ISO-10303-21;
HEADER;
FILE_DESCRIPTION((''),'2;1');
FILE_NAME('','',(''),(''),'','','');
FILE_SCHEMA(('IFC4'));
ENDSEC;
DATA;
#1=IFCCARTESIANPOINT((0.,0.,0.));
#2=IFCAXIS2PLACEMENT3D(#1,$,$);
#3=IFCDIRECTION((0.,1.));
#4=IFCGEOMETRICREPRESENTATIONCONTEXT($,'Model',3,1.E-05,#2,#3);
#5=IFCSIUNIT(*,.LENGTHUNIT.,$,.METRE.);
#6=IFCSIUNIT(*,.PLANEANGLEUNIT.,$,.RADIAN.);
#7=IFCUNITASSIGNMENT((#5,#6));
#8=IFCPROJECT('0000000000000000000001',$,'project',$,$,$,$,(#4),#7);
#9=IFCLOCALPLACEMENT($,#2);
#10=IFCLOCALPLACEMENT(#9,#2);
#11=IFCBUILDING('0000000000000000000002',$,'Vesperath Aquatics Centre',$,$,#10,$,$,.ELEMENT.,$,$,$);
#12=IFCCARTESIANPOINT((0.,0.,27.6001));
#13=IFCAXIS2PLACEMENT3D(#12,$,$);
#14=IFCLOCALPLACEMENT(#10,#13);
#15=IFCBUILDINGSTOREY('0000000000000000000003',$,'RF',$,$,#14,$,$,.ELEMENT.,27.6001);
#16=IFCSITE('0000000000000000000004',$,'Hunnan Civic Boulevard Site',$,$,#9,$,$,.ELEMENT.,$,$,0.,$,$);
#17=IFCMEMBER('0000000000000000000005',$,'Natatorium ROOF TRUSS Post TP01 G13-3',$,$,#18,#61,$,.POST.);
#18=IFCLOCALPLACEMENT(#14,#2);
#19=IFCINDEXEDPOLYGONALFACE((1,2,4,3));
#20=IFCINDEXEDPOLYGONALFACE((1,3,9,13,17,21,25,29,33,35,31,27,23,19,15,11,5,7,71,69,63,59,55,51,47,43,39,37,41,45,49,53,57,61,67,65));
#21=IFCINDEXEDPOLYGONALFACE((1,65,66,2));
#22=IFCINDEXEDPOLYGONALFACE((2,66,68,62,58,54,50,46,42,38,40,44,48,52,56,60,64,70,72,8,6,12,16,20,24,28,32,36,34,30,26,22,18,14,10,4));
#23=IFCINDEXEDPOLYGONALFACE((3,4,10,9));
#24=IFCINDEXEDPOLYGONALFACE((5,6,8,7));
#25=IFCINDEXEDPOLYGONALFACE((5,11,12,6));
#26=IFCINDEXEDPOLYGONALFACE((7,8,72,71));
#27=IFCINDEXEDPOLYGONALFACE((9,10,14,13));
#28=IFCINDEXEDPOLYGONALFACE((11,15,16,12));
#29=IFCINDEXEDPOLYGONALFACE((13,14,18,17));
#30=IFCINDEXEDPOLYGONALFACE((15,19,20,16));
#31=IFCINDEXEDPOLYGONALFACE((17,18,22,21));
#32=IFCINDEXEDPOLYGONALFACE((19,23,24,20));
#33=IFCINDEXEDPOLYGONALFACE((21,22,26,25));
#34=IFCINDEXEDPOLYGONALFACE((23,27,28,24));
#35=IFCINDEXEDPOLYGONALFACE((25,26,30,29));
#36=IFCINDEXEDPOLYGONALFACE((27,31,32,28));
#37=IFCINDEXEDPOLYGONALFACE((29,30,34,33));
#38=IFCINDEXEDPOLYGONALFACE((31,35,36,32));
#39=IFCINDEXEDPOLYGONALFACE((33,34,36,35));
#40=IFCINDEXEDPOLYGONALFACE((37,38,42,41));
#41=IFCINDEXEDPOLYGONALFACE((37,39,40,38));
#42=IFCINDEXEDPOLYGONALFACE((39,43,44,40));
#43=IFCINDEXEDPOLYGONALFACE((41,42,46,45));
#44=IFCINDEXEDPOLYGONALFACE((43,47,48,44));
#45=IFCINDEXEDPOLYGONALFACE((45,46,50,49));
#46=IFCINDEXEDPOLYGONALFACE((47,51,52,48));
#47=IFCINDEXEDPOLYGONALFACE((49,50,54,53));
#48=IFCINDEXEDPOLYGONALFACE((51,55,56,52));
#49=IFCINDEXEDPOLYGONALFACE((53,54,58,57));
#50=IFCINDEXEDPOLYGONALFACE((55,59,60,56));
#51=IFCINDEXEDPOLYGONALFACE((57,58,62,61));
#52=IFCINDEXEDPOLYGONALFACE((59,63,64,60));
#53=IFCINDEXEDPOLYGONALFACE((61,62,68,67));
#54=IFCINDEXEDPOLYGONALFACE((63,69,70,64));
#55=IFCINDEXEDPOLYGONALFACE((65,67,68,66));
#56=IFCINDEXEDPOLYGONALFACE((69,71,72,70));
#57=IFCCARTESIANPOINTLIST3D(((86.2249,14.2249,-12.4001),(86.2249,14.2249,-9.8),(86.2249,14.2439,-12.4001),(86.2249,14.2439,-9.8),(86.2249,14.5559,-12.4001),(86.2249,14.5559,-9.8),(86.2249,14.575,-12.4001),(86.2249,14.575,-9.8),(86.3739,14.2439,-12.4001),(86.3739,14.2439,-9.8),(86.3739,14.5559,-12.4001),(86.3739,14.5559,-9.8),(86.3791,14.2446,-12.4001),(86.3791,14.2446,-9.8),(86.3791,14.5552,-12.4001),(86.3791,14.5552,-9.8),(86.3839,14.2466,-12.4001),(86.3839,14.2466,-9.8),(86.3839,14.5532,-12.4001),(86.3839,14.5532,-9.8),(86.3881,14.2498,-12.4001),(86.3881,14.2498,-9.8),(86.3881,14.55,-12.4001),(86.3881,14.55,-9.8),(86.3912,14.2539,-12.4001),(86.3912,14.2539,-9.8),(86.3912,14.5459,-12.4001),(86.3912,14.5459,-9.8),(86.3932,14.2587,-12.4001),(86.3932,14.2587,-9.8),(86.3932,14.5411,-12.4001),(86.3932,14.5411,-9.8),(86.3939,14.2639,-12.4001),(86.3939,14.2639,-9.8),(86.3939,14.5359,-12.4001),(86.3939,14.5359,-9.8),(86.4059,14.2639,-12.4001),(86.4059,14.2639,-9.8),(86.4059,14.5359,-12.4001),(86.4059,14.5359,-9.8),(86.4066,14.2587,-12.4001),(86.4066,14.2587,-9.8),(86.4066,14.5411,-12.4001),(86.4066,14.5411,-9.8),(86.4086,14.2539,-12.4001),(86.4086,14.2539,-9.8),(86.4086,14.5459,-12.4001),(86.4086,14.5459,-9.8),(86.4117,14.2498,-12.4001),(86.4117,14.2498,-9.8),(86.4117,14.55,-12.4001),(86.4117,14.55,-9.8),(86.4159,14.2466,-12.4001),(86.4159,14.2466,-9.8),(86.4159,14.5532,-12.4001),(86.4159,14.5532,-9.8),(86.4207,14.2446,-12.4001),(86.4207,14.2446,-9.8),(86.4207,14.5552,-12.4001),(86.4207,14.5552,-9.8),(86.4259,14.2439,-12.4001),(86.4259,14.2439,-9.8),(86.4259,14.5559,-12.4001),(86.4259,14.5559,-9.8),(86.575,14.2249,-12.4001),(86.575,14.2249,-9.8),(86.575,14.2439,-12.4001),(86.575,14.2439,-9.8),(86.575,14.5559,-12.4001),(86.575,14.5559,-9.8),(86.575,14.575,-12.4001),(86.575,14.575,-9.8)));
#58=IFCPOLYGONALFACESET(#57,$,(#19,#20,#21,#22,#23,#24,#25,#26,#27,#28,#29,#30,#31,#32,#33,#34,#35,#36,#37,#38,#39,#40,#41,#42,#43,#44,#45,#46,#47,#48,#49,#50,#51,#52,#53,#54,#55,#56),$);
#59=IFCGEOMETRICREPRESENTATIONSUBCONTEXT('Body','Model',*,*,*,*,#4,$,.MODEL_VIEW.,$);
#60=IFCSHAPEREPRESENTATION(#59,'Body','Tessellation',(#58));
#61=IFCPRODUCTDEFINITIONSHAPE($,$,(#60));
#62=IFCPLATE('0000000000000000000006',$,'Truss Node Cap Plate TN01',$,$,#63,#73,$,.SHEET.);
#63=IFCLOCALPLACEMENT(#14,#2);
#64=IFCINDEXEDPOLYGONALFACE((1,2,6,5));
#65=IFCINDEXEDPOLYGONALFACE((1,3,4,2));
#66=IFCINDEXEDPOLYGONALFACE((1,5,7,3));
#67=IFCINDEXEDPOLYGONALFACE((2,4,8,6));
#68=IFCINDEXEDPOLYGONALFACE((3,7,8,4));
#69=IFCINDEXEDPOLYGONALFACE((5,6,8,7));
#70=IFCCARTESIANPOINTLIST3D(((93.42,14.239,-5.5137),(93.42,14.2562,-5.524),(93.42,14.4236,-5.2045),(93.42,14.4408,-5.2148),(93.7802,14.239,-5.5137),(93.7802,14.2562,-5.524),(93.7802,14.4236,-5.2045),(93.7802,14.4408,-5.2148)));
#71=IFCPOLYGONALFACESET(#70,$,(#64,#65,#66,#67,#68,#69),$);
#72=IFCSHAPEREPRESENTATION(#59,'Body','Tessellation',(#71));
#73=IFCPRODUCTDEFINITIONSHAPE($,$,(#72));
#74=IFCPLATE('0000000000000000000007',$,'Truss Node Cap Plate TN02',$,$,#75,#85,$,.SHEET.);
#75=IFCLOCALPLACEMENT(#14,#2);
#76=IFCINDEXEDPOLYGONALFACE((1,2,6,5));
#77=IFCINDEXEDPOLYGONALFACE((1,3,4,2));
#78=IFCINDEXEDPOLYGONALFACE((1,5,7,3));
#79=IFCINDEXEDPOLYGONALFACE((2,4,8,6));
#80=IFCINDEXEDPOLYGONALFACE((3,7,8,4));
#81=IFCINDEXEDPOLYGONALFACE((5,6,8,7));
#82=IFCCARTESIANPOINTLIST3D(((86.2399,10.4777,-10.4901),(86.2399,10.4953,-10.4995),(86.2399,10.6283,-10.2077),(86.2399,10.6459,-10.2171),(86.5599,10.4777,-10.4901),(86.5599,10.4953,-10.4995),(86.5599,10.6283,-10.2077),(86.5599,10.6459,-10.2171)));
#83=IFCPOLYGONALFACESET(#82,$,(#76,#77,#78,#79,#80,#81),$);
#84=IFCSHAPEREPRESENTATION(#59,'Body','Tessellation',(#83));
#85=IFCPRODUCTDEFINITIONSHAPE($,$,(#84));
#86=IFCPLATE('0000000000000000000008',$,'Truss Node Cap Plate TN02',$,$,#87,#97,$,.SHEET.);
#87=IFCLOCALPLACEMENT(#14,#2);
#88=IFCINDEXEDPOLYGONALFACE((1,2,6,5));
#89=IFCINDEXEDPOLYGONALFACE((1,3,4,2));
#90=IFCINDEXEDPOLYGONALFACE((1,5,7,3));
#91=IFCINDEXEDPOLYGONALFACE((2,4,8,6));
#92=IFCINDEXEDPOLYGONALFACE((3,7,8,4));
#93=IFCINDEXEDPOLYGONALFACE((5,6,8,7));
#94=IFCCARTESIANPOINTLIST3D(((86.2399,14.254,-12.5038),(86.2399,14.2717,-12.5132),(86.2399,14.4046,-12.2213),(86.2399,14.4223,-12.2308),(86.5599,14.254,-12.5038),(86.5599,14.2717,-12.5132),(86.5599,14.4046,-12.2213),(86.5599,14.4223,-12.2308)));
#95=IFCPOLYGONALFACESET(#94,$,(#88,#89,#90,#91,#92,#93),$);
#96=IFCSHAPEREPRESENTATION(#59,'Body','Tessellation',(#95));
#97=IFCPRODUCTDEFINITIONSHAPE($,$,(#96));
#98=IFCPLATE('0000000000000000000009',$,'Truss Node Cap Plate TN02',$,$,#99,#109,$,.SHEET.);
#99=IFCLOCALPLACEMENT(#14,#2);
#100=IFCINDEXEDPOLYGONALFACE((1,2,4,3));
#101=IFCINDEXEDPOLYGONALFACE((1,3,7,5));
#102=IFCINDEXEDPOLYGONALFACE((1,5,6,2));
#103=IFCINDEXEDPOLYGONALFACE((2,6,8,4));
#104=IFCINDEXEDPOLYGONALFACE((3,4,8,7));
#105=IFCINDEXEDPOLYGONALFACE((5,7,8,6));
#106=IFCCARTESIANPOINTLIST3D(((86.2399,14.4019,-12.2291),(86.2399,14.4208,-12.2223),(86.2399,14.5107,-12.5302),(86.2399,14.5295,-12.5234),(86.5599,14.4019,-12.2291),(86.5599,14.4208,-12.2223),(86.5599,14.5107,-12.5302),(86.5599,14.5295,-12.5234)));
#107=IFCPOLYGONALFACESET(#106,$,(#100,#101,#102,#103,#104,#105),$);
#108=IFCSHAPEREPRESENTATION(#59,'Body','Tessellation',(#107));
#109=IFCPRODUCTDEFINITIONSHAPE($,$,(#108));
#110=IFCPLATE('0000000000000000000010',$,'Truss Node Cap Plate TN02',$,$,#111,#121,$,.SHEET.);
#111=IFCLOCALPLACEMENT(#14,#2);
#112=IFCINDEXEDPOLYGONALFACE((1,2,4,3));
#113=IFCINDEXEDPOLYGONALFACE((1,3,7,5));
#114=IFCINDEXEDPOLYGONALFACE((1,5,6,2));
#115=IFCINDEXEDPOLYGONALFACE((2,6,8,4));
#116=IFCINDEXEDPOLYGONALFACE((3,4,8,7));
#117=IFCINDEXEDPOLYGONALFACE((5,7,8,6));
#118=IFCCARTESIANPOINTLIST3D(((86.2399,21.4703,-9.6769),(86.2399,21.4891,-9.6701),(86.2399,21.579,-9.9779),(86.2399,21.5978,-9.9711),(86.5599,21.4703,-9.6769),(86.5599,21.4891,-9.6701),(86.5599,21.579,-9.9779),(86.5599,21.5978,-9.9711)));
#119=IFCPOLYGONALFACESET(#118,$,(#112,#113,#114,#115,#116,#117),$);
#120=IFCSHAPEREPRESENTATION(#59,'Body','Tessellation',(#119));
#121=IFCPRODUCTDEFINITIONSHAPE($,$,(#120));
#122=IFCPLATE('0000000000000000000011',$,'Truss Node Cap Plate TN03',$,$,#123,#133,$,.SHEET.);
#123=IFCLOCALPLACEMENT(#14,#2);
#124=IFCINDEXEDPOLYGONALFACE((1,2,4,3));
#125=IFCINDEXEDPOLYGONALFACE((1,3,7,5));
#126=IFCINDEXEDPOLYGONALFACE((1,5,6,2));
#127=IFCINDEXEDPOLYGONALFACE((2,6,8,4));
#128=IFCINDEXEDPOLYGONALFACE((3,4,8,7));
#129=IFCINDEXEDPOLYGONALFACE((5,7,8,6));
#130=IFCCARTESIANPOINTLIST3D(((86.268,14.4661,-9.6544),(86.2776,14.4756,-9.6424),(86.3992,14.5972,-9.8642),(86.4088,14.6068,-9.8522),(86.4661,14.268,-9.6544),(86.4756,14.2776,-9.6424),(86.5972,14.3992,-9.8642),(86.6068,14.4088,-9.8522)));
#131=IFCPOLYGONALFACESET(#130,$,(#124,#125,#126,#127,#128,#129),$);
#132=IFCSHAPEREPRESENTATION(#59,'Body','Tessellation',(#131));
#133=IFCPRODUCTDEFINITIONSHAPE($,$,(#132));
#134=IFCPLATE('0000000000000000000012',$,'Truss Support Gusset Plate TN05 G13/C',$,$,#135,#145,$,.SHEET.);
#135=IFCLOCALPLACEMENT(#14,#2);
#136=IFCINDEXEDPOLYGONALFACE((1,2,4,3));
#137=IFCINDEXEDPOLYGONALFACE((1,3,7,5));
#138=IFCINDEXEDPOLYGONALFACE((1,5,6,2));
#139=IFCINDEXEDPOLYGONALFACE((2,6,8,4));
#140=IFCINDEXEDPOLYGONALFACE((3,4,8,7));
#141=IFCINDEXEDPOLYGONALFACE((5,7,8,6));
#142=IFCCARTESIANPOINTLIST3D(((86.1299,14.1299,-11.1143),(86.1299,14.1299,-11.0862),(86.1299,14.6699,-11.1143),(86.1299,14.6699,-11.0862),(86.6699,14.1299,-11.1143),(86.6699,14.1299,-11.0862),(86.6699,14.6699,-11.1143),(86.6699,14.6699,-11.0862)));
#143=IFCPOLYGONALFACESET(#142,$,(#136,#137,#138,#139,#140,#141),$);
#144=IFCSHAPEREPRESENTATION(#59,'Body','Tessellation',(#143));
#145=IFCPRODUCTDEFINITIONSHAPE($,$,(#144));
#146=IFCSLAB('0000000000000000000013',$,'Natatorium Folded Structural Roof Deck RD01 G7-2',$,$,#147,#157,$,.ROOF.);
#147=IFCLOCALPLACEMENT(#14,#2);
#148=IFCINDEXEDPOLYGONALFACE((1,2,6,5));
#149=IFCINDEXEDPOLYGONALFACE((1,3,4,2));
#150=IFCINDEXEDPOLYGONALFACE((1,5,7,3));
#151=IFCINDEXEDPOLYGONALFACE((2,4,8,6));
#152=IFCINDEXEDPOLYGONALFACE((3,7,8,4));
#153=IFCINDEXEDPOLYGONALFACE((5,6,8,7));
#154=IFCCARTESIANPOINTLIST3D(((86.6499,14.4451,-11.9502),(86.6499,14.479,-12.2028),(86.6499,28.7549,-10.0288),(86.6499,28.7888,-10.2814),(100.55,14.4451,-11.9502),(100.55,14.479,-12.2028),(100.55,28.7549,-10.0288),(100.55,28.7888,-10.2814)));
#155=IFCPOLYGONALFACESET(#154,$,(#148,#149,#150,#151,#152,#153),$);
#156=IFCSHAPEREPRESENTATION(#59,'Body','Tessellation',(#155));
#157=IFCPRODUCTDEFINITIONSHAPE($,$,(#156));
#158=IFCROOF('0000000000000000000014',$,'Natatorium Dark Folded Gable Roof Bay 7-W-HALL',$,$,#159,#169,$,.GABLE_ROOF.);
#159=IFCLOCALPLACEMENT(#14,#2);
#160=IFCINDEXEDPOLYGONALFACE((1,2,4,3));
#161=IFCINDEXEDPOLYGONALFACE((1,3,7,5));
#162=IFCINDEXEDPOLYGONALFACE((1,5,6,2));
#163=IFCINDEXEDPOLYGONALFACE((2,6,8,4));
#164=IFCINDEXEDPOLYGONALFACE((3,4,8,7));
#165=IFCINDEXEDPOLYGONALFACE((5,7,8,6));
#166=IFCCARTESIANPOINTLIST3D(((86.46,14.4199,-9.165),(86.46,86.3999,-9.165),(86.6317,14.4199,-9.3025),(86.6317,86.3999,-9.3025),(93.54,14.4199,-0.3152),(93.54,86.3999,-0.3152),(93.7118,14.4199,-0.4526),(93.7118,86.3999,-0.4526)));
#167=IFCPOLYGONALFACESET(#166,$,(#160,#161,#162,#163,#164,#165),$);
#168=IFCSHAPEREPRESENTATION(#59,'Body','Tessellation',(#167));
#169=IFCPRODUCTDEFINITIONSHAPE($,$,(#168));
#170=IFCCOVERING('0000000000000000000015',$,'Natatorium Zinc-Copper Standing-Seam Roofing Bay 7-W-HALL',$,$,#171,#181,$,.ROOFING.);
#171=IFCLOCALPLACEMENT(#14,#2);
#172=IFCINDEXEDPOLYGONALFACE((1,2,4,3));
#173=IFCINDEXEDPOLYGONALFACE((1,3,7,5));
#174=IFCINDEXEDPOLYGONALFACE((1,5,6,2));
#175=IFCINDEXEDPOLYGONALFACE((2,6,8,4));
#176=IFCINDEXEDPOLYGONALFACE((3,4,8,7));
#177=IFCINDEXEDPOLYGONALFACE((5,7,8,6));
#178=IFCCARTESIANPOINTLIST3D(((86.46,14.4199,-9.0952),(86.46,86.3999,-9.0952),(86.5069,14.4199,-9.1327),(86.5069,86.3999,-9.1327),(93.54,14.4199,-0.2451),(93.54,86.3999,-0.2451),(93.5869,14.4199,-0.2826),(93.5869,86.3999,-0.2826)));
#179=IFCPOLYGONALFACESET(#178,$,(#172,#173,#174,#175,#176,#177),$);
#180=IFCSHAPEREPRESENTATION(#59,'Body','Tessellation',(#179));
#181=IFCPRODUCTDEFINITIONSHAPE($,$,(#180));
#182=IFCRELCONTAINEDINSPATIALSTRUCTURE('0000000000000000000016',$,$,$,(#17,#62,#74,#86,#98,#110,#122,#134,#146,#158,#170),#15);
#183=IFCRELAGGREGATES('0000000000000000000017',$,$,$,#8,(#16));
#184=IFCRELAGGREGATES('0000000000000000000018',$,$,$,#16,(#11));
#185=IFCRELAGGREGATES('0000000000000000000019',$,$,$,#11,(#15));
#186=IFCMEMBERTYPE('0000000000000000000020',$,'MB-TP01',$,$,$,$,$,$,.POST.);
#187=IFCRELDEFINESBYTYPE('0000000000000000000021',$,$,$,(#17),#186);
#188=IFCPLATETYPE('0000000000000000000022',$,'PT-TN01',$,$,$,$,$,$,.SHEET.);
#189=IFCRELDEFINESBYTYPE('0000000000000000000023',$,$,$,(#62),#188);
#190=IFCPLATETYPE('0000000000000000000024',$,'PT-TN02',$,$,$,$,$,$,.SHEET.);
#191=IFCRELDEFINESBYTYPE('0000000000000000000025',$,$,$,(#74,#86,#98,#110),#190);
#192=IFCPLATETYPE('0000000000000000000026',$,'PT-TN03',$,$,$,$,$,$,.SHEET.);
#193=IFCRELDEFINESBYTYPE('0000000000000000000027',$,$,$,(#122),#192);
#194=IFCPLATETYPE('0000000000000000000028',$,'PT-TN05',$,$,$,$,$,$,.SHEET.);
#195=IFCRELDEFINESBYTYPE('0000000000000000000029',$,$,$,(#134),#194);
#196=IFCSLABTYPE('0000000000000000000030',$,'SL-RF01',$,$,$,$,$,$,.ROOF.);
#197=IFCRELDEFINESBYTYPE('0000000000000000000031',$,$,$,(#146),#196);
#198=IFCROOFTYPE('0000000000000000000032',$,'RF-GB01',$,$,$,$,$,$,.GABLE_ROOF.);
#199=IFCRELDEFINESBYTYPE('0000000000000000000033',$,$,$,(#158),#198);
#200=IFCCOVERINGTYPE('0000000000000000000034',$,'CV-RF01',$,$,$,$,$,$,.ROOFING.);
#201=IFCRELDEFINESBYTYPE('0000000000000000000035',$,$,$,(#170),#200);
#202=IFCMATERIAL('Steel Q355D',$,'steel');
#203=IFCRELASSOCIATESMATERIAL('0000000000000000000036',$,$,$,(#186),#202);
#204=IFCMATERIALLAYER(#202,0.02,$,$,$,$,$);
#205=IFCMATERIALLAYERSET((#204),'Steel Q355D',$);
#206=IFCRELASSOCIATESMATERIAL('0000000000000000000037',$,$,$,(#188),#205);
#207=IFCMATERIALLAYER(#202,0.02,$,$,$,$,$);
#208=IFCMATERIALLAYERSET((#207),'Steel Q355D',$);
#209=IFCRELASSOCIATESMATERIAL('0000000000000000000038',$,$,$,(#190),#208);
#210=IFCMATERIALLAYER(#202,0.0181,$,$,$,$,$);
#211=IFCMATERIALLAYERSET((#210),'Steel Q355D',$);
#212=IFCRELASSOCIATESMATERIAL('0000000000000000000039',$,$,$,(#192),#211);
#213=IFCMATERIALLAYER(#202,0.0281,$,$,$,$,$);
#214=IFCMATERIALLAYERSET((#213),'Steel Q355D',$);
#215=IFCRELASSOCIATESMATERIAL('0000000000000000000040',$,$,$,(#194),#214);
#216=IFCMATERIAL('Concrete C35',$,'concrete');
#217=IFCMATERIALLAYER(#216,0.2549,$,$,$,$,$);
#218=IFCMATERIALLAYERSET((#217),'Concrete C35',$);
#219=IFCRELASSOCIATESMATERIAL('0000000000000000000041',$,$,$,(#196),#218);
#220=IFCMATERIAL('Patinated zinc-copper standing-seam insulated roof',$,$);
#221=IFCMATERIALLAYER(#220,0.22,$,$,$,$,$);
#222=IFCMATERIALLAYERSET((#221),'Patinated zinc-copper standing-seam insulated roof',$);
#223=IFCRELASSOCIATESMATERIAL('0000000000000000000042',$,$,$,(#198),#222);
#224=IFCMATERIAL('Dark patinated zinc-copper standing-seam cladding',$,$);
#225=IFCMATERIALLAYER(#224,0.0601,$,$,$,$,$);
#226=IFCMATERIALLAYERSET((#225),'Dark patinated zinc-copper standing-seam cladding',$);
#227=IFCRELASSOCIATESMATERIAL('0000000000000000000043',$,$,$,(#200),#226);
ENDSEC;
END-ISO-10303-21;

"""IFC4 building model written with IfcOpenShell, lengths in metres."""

from ifc_helpers import new_model, si_unit, direction, frame, origin, origin_2d, place, context, subcontext, project, spatial, polyline, rectangle, i_section, outline, extrude, material, layer, layer_set, material_profile, profile_set, type_object, element, save


model = new_model("IFC4")

# Units and contexts
model_context = context("Model", 3, precision=1e-05, world=origin(), true_north=direction((0.0, 1.0)))
body_context = subcontext(model_context, "Body", "Model", "MODEL_VIEW")
ifc_project = project(units=[si_unit("LENGTHUNIT", "METRE"), si_unit("PLANEANGLEUNIT", "RADIAN")], contexts=[model_context])

# Site, building, storey
site_placement = place(None, origin())
site = spatial("IfcSite", under=ifc_project, at=site_placement, Name="Hunnan Civic Boulevard Site", CompositionType="ELEMENT", RefElevation=0.0)
building_placement = place(site_placement, origin())
building = spatial("IfcBuilding", under=site, at=building_placement, Name="Vesperath Aquatics Centre", CompositionType="ELEMENT")
storey_placement = place(building_placement, frame((0.0, 0.0, 27.6001)))
storey = spatial("IfcBuildingStorey", under=building, at=storey_placement, Name="RF", CompositionType="ELEMENT", Elevation=27.6001)

# Member
ifc_material_1 = material(Name="Steel Q355D", Category="steel")
ifc_material_profile_1 = material_profile(ifc_material_1, i_section(OverallWidth=0.3501, OverallDepth=0.3501, WebThickness=0.012, FlangeThickness=0.019, FilletRadius=0.02, at=origin_2d()), Name="HW 350x350x12x19")
ifc_profile_set_1 = profile_set([ifc_material_profile_1], Name="Steel Q355D")
member_type_1 = type_object("IfcMemberType", Name="MB-TP01", PredefinedType="POST", material=ifc_profile_set_1)
member_1_placement = place(storey_placement, frame((86.3999, 14.3999, -12.4001), z_axis=(0.0, 0.0, 1.0), x_axis=(1.0, 0.0, 0.0)))
element("IfcMember", 1, at=member_1_placement, inside=storey, type_object=member_type_1, Name="Natatorium ROOF TRUSS Post TP01 G13-3", PredefinedType="POST", context=body_context, shape_type="SweptSolid", body=[
    extrude(i_section(OverallWidth=0.3501, OverallDepth=0.3501, WebThickness=0.012, FlangeThickness=0.019, FilletRadius=0.02, at=origin_2d()), origin(), (0.0, 0.0, 1.0), 2.6001),
])

# Plates
ifc_layer_1 = layer(ifc_material_1, 0.02)
ifc_layer_set_1 = layer_set([ifc_layer_1], Name="Steel Q355D")
plate_type_1 = type_object("IfcPlateType", Name="PT-TN01", PredefinedType="SHEET", material=ifc_layer_set_1)
plate_1_placement = place(storey_placement, frame((93.6001, 14.3313, -5.3591), z_axis=(0.0, 0.858729, -0.51243), x_axis=(-1.0, 0.0, 0.0)))
element("IfcPlate", 2, at=plate_1_placement, inside=storey, type_object=plate_type_1, Name="Truss Node Cap Plate TN01", PredefinedType="SHEET", context=body_context, shape_type="SweptSolid", body=[
    extrude(rectangle(XDim=0.3601, YDim=0.3601, at=origin_2d()), origin(), (0.0, 0.0, 1.0), 0.02),
])
ifc_layer_2 = layer(ifc_material_1, 0.02)
ifc_layer_set_2 = layer_set([ifc_layer_2], Name="Steel Q355D")
plate_type_2 = type_object("IfcPlateType", Name="PT-TN02", PredefinedType="SHEET", material=ifc_layer_set_2)
for number, where, z_axis, x_axis, name in (
    (3, (86.3999, 10.553, -10.3489), (0.0, 0.882391, -0.470518), (-1.0, 0.0, 0.0), "Truss Node Cap Plate TN02"),
    (4, (86.3999, 14.3293, -12.3625), (0.0, 0.882391, -0.470518), (-1.0, 0.0, 0.0), "Truss Node Cap Plate TN02"),
    (5, (86.3999, 14.4563, -12.3796), (0.0, 0.940554, 0.339644), (-1.0, 0.0, 0.0), "Truss Node Cap Plate TN02"),
    (6, (86.3999, 21.5247, -9.8274), (0.0, 0.940554, 0.339644), (-1.0, 0.0, 0.0), "Truss Node Cap Plate TN02"),
):
    element("IfcPlate", number, at=place(storey_placement, frame(where, z_axis=z_axis, x_axis=x_axis)), inside=storey, type_object=plate_type_2, Name=name, PredefinedType="SHEET", context=body_context, shape_type="SweptSolid", body=[
        extrude(rectangle(XDim=0.3201, YDim=0.3201, at=origin_2d()), origin(), (0.0, 0.0, 1.0), 0.02),
    ])
ifc_layer_3 = layer(ifc_material_1, 0.0181)
ifc_layer_set_3 = layer_set([ifc_layer_3], Name="Steel Q355D")
plate_type_3 = type_object("IfcPlateType", Name="PT-TN03", PredefinedType="SHEET", material=ifc_layer_set_3)
plate_2_placement = place(storey_placement, frame((86.4326, 14.4326, -9.7593), z_axis=(0.529813, 0.529813, 0.662266), x_axis=(-0.707107, 0.707107, 0.0)))
element("IfcPlate", 7, at=plate_2_placement, inside=storey, type_object=plate_type_3, Name="Truss Node Cap Plate TN03", PredefinedType="SHEET", context=body_context, shape_type="SweptSolid", body=[
    extrude(rectangle(XDim=0.28, YDim=0.28, at=origin_2d()), origin(), (0.0, 0.0, 1.0), 0.0181),
])
ifc_layer_4 = layer(ifc_material_1, 0.0281)
ifc_layer_set_4 = layer_set([ifc_layer_4], Name="Steel Q355D")
plate_type_4 = type_object("IfcPlateType", Name="PT-TN05", PredefinedType="SHEET", material=ifc_layer_set_4)
plate_3_placement = place(storey_placement, frame((86.3999, 14.3999, -11.1143), z_axis=(0.0, 0.0, 1.0), x_axis=(0.0, 1.0, 0.0)))
element("IfcPlate", 8, at=plate_3_placement, inside=storey, type_object=plate_type_4, Name="Truss Support Gusset Plate TN05 G13/C", PredefinedType="SHEET", context=body_context, shape_type="SweptSolid", body=[
    extrude(rectangle(XDim=0.54, YDim=0.54, at=origin_2d()), origin(), (0.0, 0.0, 1.0), 0.0281),
])

# Slab
ifc_material_2 = material(Name="Concrete C35", Category="concrete")
ifc_layer_5 = layer(ifc_material_2, 0.2549)
ifc_layer_set_5 = layer_set([ifc_layer_5], Name="Concrete C35")
slab_type = type_object("IfcSlabType", Name="SL-RF01", PredefinedType="ROOF", material=ifc_layer_set_5)
slab_placement = place(storey_placement, frame((86.6499, 14.4451, -11.9502), z_axis=(0.0, -0.133076, 0.991106), x_axis=(1.0, 0.0, 0.0)))
element("IfcSlab", 9, at=slab_placement, inside=storey, type_object=slab_type, Name="Natatorium Folded Structural Roof Deck RD01 G7-2", PredefinedType="ROOF", context=body_context, shape_type="SweptSolid", body=[
    extrude(outline(polyline([(0.0, 0.0), (13.9001, 0.0), (13.9001, 14.4382), (0.0, 14.4382), (0.0, 0.0)])), origin(), (0.0, 0.0, -1.0), 0.2549),
])

# Roof
ifc_material_3 = material(Name="Patinated zinc-copper standing-seam insulated roof")
ifc_layer_6 = layer(ifc_material_3, 0.22)
ifc_layer_set_6 = layer_set([ifc_layer_6], Name="Patinated zinc-copper standing-seam insulated roof")
roof_type = type_object("IfcRoofType", Name="RF-GB01", PredefinedType="GABLE_ROOF", material=ifc_layer_set_6)
roof_placement = place(storey_placement, frame((86.46, 14.4199, -9.165), z_axis=(-0.78086, 0.0, 0.624706), x_axis=(0.624706, 0.0, 0.78086)))
element("IfcRoof", 10, at=roof_placement, inside=storey, type_object=roof_type, Name="Natatorium Dark Folded Gable Roof Bay 7-W-HALL", PredefinedType="GABLE_ROOF", context=body_context, shape_type="SweptSolid", body=[
    extrude(outline(polyline([(0.0, 0.0), (11.3335, 0.0), (11.3335, 71.98), (0.0, 71.98), (0.0, 0.0)])), origin(), (0.0, 0.0, -1.0), 0.22),
])

# Covering
ifc_material_4 = material(Name="Dark patinated zinc-copper standing-seam cladding")
ifc_layer_7 = layer(ifc_material_4, 0.0601)
ifc_layer_set_7 = layer_set([ifc_layer_7], Name="Dark patinated zinc-copper standing-seam cladding")
covering_type = type_object("IfcCoveringType", Name="CV-RF01", PredefinedType="ROOFING", material=ifc_layer_set_7)
covering_placement = place(storey_placement, frame((86.46, 14.4199, -9.0952), z_axis=(-0.780869, 0.0, 0.624695), x_axis=(0.624695, 0.0, 0.780869)))
element("IfcCovering", 11, at=covering_placement, inside=storey, type_object=covering_type, Name="Natatorium Zinc-Copper Standing-Seam Roofing Bay 7-W-HALL", PredefinedType="ROOFING", context=body_context, shape_type="SweptSolid", body=[
    extrude(outline(polyline([(0.0, 0.0), (11.3337, 0.0), (11.3337, 71.98), (0.0, 71.98), (0.0, 0.0)])), origin(), (0.0, 0.0, -1.0), 0.0601),
])

save(model, "model.ifc")
